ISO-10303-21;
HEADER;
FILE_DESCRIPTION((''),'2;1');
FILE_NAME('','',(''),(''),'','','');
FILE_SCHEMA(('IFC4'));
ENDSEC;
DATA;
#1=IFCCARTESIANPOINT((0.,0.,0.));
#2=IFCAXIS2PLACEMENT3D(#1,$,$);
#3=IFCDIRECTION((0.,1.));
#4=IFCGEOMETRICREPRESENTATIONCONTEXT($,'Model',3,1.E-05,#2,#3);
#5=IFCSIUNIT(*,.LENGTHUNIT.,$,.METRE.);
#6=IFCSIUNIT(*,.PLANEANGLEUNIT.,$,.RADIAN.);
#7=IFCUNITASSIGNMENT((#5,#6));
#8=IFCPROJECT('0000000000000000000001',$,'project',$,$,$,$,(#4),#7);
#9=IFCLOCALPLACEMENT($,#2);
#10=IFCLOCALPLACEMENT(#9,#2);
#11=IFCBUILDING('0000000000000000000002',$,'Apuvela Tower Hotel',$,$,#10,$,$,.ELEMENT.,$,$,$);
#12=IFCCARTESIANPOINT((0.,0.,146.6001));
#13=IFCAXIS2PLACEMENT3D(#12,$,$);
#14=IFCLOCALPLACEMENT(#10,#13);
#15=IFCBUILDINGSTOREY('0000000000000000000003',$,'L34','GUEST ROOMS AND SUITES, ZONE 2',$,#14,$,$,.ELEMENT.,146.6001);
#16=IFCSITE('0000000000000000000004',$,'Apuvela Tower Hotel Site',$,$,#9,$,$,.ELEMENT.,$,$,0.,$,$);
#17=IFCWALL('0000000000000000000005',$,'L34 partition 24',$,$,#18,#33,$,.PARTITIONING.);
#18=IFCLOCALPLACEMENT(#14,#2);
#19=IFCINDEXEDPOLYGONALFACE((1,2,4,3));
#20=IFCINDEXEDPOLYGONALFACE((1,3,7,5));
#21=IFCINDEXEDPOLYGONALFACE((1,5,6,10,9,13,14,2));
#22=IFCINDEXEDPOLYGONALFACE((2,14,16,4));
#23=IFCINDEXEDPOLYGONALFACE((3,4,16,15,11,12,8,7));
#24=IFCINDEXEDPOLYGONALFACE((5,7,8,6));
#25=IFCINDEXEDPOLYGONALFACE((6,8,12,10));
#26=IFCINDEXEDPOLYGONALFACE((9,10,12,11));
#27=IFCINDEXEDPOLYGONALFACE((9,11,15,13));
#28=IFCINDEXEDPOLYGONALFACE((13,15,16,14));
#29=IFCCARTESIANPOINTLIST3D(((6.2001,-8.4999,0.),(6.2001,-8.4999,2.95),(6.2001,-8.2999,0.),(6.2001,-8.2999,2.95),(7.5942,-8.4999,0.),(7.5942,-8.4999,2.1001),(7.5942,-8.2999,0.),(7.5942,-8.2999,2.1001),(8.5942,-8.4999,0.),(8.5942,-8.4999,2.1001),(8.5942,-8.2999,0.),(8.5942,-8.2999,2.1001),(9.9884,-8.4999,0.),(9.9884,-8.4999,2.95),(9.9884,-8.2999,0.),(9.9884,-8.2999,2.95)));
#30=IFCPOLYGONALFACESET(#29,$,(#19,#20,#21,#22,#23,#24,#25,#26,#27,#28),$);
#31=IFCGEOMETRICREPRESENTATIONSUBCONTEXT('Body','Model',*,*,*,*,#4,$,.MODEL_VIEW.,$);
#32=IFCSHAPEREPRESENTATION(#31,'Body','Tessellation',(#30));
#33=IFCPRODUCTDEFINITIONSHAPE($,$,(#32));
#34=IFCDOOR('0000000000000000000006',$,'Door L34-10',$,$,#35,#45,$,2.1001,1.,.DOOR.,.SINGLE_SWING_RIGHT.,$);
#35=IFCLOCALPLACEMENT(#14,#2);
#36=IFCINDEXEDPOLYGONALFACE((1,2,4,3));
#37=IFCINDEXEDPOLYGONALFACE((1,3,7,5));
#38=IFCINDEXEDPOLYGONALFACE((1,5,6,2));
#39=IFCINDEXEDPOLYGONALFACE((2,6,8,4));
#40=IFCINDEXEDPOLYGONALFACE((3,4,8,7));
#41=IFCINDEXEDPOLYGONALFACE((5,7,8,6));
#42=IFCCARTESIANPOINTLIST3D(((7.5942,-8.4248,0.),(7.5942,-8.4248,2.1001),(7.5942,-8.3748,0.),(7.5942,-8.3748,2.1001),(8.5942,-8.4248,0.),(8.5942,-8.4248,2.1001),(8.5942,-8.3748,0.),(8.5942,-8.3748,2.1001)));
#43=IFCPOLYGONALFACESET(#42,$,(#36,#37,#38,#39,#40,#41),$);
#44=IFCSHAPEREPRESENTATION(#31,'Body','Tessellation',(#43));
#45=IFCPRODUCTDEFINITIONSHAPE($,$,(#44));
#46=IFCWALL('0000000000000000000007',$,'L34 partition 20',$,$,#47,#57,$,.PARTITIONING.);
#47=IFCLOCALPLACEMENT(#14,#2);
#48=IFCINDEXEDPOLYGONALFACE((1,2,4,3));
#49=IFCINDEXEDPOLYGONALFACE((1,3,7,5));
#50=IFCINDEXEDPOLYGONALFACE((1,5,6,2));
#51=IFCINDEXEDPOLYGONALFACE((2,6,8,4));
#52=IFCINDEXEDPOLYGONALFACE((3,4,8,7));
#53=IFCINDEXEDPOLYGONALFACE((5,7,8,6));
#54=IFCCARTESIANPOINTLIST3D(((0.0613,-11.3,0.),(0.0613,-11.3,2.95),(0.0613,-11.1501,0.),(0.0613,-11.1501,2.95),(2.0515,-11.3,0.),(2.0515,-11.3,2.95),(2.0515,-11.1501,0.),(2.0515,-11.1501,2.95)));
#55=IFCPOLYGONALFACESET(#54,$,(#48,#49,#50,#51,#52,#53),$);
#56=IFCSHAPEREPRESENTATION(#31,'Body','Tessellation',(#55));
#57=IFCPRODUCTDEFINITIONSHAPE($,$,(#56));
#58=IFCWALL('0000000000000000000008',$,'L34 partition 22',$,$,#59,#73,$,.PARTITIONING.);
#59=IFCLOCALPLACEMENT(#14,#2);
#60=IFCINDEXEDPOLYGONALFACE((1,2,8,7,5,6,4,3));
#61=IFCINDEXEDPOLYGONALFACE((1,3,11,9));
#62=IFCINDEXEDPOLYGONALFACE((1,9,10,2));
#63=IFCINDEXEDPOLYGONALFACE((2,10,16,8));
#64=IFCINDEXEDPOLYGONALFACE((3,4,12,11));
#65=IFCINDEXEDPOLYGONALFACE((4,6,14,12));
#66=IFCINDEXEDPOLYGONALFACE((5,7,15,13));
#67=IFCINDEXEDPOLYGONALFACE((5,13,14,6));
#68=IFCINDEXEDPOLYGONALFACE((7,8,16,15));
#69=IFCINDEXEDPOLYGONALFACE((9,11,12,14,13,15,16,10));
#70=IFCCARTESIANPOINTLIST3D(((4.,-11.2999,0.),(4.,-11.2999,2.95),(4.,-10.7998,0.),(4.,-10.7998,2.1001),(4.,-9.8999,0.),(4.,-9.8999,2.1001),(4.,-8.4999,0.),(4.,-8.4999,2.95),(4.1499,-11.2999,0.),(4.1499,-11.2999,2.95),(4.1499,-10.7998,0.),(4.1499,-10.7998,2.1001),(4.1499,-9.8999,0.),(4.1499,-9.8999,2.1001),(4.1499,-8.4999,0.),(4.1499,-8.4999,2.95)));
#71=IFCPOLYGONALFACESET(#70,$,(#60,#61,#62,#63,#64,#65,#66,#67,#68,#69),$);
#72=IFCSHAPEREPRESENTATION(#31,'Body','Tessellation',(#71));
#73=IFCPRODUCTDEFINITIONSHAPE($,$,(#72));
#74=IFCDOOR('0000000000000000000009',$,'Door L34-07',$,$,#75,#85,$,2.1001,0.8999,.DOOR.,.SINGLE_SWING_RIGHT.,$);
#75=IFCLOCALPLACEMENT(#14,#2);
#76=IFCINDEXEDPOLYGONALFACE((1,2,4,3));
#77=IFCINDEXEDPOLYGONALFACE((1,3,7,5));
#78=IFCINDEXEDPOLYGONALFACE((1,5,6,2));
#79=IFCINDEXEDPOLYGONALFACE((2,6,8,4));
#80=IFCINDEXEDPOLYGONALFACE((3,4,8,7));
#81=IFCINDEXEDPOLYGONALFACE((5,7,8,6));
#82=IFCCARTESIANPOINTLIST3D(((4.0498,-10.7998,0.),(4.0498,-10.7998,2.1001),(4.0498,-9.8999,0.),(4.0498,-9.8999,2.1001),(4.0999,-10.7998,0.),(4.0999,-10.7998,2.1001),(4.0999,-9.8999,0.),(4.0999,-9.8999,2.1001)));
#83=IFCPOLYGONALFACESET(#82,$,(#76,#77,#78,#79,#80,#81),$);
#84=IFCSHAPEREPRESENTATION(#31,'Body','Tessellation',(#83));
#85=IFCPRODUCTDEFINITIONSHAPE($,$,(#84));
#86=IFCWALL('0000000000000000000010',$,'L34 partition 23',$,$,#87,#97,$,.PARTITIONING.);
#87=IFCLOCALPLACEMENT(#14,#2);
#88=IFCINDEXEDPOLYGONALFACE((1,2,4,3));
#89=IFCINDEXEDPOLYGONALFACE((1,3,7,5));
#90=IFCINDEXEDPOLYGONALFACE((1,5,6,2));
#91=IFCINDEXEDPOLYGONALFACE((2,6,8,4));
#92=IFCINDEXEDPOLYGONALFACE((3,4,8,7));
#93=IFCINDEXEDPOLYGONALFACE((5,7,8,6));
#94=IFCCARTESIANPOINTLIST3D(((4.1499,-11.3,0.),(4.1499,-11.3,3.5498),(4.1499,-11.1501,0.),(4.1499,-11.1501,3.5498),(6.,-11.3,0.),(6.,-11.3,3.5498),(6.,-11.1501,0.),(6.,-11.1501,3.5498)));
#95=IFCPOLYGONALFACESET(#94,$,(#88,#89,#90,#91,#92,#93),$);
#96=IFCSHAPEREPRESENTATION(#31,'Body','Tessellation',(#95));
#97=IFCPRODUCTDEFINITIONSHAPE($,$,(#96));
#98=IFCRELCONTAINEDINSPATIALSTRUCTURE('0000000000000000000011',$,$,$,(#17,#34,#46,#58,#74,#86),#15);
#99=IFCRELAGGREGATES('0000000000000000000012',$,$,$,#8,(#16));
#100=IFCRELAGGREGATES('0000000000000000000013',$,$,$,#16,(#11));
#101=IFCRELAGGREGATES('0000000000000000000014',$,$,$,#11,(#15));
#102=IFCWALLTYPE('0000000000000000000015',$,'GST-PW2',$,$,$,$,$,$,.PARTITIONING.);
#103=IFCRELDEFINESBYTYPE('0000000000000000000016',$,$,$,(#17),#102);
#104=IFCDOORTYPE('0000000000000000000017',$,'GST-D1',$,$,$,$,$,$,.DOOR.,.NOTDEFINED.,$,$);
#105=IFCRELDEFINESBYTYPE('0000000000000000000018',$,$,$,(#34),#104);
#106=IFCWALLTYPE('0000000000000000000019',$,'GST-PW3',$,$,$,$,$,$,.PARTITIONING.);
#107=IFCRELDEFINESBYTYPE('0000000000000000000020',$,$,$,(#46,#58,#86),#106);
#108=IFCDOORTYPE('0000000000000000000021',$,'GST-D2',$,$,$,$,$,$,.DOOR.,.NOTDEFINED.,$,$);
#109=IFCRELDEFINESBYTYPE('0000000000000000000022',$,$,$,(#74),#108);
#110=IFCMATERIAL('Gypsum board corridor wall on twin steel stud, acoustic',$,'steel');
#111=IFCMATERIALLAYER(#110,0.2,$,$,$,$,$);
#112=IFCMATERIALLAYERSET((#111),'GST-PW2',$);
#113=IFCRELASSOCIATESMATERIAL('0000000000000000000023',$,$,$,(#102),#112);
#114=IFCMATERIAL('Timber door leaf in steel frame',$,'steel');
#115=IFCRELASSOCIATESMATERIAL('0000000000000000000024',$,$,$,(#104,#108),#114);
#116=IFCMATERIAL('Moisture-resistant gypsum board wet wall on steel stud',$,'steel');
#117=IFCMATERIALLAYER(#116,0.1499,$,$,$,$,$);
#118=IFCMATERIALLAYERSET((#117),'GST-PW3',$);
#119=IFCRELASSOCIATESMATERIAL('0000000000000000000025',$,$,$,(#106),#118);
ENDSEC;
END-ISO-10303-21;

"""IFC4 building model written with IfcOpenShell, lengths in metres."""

from ifc_helpers import new_model, si_unit, direction, frame, frame_2d, origin, place, context, subcontext, project, spatial, rectangle, extrude, material, layer, layer_set, type_object, element, fill, save


model = new_model("IFC4")

# Units and contexts
model_context = context("Model", 3, precision=1e-05, world=origin(), true_north=direction((0.0, 1.0)))
body_context = subcontext(model_context, "Body", "Model", "MODEL_VIEW")
ifc_project = project(units=[si_unit("LENGTHUNIT", "METRE"), si_unit("PLANEANGLEUNIT", "RADIAN")], contexts=[model_context])

# Site, building, storey
site_placement = place(None, origin())
site = spatial("IfcSite", under=ifc_project, at=site_placement, Name="Apuvela Tower Hotel Site", CompositionType="ELEMENT", RefElevation=0.0)
building_placement = place(site_placement, origin())
building = spatial("IfcBuilding", under=site, at=building_placement, Name="Apuvela Tower Hotel", CompositionType="ELEMENT")
storey_placement = place(building_placement, frame((0.0, 0.0, 146.6001)))
storey = spatial("IfcBuildingStorey", under=building, at=storey_placement, Name="L34", Description="GUEST ROOMS AND SUITES, ZONE 2", CompositionType="ELEMENT", Elevation=146.6001)

# Wall, opening, door
ifc_material_1 = material(Name="Gypsum board corridor wall on twin steel stud, acoustic", Category="steel")
ifc_layer_1 = layer(ifc_material_1, 0.2)
ifc_layer_set_1 = layer_set([ifc_layer_1], Name="GST-PW2")
wall_type_1 = type_object("IfcWallType", Name="GST-PW2", PredefinedType="PARTITIONING", material=ifc_layer_set_1)
ifc_material_2 = material(Name="Timber door leaf in steel frame", Category="steel")
door_type_1 = type_object("IfcDoorType", Name="GST-D1", OperationType="NOTDEFINED", PredefinedType="DOOR", material=ifc_material_2)
wall_1_placement = place(storey_placement, frame((9.9883, -8.3999, 0.0), z_axis=(0.0, 0.0, 1.0), x_axis=(-1.0, 0.0, 0.0)))
wall_1 = element("IfcWall", 1, at=wall_1_placement, inside=storey, type_object=wall_type_1, Name="L34 partition 24", PredefinedType="PARTITIONING", context=body_context, shape_type="SweptSolid", body=[
    extrude(rectangle(XDim=3.7883, YDim=0.2, at=frame_2d((1.894, 0.0))), origin(), (0.0, 0.0, 1.0), 2.95),
])
opening_1_placement = place(wall_1_placement, frame((1.394, 0.0, 0.0)))
opening_1 = element("IfcOpeningElement", 2, at=opening_1_placement, cuts=wall_1, PredefinedType="OPENING", context=body_context, shape_type="SweptSolid", body=[
    extrude(rectangle(XDim=1.0, YDim=2.1001, at=frame_2d((0.5, 1.05))), frame((0.0, 0.1099, 0.0), z_axis=(0.0, -1.0, 0.0), x_axis=(1.0, 0.0, 0.0)), (0.0, 0.0, 1.0), 0.22),
])
door_1_placement = place(opening_1_placement, origin())
door_1 = element("IfcDoor", 3, at=door_1_placement, inside=storey, type_object=door_type_1, Name="Door L34-10", OperationType="SINGLE_SWING_RIGHT", OverallHeight=2.1001, OverallWidth=1.0, PredefinedType="DOOR", context=body_context, shape_type="SweptSolid", body=[
    extrude(rectangle(XDim=1.0, YDim=2.1001, at=frame_2d((0.5, 1.05))), frame((0.0, 0.0249, 0.0), z_axis=(0.0, -1.0, 0.0), x_axis=(1.0, 0.0, 0.0)), (0.0, 0.0, 1.0), 0.05),
])
fill(opening_1, door_1)

# Wall
ifc_material_3 = material(Name="Moisture-resistant gypsum board wet wall on steel stud", Category="steel")
ifc_layer_2 = layer(ifc_material_3, 0.1499)
ifc_layer_set_2 = layer_set([ifc_layer_2], Name="GST-PW3")
wall_type_2 = type_object("IfcWallType", Name="GST-PW3", PredefinedType="PARTITIONING", material=ifc_layer_set_2)
wall_2_placement = place(storey_placement, frame((0.0613, -11.2251, 0.0), z_axis=(0.0, 0.0, 1.0), x_axis=(1.0, 0.0, 0.0)))
element("IfcWall", 4, at=wall_2_placement, inside=storey, type_object=wall_type_2, Name="L34 partition 20", PredefinedType="PARTITIONING", context=body_context, shape_type="SweptSolid", body=[
    extrude(rectangle(XDim=1.9902, YDim=0.1499, at=frame_2d((0.9951, 0.0))), origin(), (0.0, 0.0, 1.0), 2.95),
])

# Wall, opening, door
wall_3_placement = place(storey_placement, frame((4.075, -8.5, 0.0), z_axis=(0.0, 0.0, 1.0), x_axis=(0.0, -1.0, 0.0)))
wall_3 = element("IfcWall", 5, at=wall_3_placement, inside=storey, type_object=wall_type_2, Name="L34 partition 22", PredefinedType="PARTITIONING", context=body_context, shape_type="SweptSolid", body=[
    extrude(rectangle(XDim=2.8, YDim=0.1499, at=frame_2d((1.3999, 0.0))), origin(), (0.0, 0.0, 1.0), 2.95),
])
opening_2_placement = place(wall_3_placement, frame((1.3999, 0.0, 0.0)))
opening_2 = element("IfcOpeningElement", 6, at=opening_2_placement, cuts=wall_3, PredefinedType="OPENING", context=body_context, shape_type="SweptSolid", body=[
    extrude(rectangle(XDim=0.8999, YDim=2.1001, at=frame_2d((0.45, 1.05))), frame((0.0, 0.085, 0.0), z_axis=(0.0, -1.0, 0.0), x_axis=(1.0, 0.0, 0.0)), (0.0, 0.0, 1.0), 0.1699),
])
door_type_2 = type_object("IfcDoorType", Name="GST-D2", OperationType="NOTDEFINED", PredefinedType="DOOR", material=ifc_material_2)
door_2_placement = place(opening_2_placement, origin())
door_2 = element("IfcDoor", 7, at=door_2_placement, inside=storey, type_object=door_type_2, Name="Door L34-07", OperationType="SINGLE_SWING_RIGHT", OverallHeight=2.1001, OverallWidth=0.8999, PredefinedType="DOOR", context=body_context, shape_type="SweptSolid", body=[
    extrude(rectangle(XDim=0.8999, YDim=2.1001, at=frame_2d((0.45, 1.05))), frame((0.0, 0.0249, 0.0), z_axis=(0.0, -1.0, 0.0), x_axis=(1.0, 0.0, 0.0)), (0.0, 0.0, 1.0), 0.05),
])
fill(opening_2, door_2)

# Wall
wall_4_placement = place(storey_placement, frame((4.1499, -11.2251, 0.0), z_axis=(0.0, 0.0, 1.0), x_axis=(1.0, 0.0, 0.0)))
element("IfcWall", 8, at=wall_4_placement, inside=storey, type_object=wall_type_2, Name="L34 partition 23", PredefinedType="PARTITIONING", context=body_context, shape_type="SweptSolid", body=[
    extrude(rectangle(XDim=1.8501, YDim=0.1499, at=frame_2d((0.925, 0.0))), origin(), (0.0, 0.0, 1.0), 3.5498),
])

save(model, "model.ifc")
